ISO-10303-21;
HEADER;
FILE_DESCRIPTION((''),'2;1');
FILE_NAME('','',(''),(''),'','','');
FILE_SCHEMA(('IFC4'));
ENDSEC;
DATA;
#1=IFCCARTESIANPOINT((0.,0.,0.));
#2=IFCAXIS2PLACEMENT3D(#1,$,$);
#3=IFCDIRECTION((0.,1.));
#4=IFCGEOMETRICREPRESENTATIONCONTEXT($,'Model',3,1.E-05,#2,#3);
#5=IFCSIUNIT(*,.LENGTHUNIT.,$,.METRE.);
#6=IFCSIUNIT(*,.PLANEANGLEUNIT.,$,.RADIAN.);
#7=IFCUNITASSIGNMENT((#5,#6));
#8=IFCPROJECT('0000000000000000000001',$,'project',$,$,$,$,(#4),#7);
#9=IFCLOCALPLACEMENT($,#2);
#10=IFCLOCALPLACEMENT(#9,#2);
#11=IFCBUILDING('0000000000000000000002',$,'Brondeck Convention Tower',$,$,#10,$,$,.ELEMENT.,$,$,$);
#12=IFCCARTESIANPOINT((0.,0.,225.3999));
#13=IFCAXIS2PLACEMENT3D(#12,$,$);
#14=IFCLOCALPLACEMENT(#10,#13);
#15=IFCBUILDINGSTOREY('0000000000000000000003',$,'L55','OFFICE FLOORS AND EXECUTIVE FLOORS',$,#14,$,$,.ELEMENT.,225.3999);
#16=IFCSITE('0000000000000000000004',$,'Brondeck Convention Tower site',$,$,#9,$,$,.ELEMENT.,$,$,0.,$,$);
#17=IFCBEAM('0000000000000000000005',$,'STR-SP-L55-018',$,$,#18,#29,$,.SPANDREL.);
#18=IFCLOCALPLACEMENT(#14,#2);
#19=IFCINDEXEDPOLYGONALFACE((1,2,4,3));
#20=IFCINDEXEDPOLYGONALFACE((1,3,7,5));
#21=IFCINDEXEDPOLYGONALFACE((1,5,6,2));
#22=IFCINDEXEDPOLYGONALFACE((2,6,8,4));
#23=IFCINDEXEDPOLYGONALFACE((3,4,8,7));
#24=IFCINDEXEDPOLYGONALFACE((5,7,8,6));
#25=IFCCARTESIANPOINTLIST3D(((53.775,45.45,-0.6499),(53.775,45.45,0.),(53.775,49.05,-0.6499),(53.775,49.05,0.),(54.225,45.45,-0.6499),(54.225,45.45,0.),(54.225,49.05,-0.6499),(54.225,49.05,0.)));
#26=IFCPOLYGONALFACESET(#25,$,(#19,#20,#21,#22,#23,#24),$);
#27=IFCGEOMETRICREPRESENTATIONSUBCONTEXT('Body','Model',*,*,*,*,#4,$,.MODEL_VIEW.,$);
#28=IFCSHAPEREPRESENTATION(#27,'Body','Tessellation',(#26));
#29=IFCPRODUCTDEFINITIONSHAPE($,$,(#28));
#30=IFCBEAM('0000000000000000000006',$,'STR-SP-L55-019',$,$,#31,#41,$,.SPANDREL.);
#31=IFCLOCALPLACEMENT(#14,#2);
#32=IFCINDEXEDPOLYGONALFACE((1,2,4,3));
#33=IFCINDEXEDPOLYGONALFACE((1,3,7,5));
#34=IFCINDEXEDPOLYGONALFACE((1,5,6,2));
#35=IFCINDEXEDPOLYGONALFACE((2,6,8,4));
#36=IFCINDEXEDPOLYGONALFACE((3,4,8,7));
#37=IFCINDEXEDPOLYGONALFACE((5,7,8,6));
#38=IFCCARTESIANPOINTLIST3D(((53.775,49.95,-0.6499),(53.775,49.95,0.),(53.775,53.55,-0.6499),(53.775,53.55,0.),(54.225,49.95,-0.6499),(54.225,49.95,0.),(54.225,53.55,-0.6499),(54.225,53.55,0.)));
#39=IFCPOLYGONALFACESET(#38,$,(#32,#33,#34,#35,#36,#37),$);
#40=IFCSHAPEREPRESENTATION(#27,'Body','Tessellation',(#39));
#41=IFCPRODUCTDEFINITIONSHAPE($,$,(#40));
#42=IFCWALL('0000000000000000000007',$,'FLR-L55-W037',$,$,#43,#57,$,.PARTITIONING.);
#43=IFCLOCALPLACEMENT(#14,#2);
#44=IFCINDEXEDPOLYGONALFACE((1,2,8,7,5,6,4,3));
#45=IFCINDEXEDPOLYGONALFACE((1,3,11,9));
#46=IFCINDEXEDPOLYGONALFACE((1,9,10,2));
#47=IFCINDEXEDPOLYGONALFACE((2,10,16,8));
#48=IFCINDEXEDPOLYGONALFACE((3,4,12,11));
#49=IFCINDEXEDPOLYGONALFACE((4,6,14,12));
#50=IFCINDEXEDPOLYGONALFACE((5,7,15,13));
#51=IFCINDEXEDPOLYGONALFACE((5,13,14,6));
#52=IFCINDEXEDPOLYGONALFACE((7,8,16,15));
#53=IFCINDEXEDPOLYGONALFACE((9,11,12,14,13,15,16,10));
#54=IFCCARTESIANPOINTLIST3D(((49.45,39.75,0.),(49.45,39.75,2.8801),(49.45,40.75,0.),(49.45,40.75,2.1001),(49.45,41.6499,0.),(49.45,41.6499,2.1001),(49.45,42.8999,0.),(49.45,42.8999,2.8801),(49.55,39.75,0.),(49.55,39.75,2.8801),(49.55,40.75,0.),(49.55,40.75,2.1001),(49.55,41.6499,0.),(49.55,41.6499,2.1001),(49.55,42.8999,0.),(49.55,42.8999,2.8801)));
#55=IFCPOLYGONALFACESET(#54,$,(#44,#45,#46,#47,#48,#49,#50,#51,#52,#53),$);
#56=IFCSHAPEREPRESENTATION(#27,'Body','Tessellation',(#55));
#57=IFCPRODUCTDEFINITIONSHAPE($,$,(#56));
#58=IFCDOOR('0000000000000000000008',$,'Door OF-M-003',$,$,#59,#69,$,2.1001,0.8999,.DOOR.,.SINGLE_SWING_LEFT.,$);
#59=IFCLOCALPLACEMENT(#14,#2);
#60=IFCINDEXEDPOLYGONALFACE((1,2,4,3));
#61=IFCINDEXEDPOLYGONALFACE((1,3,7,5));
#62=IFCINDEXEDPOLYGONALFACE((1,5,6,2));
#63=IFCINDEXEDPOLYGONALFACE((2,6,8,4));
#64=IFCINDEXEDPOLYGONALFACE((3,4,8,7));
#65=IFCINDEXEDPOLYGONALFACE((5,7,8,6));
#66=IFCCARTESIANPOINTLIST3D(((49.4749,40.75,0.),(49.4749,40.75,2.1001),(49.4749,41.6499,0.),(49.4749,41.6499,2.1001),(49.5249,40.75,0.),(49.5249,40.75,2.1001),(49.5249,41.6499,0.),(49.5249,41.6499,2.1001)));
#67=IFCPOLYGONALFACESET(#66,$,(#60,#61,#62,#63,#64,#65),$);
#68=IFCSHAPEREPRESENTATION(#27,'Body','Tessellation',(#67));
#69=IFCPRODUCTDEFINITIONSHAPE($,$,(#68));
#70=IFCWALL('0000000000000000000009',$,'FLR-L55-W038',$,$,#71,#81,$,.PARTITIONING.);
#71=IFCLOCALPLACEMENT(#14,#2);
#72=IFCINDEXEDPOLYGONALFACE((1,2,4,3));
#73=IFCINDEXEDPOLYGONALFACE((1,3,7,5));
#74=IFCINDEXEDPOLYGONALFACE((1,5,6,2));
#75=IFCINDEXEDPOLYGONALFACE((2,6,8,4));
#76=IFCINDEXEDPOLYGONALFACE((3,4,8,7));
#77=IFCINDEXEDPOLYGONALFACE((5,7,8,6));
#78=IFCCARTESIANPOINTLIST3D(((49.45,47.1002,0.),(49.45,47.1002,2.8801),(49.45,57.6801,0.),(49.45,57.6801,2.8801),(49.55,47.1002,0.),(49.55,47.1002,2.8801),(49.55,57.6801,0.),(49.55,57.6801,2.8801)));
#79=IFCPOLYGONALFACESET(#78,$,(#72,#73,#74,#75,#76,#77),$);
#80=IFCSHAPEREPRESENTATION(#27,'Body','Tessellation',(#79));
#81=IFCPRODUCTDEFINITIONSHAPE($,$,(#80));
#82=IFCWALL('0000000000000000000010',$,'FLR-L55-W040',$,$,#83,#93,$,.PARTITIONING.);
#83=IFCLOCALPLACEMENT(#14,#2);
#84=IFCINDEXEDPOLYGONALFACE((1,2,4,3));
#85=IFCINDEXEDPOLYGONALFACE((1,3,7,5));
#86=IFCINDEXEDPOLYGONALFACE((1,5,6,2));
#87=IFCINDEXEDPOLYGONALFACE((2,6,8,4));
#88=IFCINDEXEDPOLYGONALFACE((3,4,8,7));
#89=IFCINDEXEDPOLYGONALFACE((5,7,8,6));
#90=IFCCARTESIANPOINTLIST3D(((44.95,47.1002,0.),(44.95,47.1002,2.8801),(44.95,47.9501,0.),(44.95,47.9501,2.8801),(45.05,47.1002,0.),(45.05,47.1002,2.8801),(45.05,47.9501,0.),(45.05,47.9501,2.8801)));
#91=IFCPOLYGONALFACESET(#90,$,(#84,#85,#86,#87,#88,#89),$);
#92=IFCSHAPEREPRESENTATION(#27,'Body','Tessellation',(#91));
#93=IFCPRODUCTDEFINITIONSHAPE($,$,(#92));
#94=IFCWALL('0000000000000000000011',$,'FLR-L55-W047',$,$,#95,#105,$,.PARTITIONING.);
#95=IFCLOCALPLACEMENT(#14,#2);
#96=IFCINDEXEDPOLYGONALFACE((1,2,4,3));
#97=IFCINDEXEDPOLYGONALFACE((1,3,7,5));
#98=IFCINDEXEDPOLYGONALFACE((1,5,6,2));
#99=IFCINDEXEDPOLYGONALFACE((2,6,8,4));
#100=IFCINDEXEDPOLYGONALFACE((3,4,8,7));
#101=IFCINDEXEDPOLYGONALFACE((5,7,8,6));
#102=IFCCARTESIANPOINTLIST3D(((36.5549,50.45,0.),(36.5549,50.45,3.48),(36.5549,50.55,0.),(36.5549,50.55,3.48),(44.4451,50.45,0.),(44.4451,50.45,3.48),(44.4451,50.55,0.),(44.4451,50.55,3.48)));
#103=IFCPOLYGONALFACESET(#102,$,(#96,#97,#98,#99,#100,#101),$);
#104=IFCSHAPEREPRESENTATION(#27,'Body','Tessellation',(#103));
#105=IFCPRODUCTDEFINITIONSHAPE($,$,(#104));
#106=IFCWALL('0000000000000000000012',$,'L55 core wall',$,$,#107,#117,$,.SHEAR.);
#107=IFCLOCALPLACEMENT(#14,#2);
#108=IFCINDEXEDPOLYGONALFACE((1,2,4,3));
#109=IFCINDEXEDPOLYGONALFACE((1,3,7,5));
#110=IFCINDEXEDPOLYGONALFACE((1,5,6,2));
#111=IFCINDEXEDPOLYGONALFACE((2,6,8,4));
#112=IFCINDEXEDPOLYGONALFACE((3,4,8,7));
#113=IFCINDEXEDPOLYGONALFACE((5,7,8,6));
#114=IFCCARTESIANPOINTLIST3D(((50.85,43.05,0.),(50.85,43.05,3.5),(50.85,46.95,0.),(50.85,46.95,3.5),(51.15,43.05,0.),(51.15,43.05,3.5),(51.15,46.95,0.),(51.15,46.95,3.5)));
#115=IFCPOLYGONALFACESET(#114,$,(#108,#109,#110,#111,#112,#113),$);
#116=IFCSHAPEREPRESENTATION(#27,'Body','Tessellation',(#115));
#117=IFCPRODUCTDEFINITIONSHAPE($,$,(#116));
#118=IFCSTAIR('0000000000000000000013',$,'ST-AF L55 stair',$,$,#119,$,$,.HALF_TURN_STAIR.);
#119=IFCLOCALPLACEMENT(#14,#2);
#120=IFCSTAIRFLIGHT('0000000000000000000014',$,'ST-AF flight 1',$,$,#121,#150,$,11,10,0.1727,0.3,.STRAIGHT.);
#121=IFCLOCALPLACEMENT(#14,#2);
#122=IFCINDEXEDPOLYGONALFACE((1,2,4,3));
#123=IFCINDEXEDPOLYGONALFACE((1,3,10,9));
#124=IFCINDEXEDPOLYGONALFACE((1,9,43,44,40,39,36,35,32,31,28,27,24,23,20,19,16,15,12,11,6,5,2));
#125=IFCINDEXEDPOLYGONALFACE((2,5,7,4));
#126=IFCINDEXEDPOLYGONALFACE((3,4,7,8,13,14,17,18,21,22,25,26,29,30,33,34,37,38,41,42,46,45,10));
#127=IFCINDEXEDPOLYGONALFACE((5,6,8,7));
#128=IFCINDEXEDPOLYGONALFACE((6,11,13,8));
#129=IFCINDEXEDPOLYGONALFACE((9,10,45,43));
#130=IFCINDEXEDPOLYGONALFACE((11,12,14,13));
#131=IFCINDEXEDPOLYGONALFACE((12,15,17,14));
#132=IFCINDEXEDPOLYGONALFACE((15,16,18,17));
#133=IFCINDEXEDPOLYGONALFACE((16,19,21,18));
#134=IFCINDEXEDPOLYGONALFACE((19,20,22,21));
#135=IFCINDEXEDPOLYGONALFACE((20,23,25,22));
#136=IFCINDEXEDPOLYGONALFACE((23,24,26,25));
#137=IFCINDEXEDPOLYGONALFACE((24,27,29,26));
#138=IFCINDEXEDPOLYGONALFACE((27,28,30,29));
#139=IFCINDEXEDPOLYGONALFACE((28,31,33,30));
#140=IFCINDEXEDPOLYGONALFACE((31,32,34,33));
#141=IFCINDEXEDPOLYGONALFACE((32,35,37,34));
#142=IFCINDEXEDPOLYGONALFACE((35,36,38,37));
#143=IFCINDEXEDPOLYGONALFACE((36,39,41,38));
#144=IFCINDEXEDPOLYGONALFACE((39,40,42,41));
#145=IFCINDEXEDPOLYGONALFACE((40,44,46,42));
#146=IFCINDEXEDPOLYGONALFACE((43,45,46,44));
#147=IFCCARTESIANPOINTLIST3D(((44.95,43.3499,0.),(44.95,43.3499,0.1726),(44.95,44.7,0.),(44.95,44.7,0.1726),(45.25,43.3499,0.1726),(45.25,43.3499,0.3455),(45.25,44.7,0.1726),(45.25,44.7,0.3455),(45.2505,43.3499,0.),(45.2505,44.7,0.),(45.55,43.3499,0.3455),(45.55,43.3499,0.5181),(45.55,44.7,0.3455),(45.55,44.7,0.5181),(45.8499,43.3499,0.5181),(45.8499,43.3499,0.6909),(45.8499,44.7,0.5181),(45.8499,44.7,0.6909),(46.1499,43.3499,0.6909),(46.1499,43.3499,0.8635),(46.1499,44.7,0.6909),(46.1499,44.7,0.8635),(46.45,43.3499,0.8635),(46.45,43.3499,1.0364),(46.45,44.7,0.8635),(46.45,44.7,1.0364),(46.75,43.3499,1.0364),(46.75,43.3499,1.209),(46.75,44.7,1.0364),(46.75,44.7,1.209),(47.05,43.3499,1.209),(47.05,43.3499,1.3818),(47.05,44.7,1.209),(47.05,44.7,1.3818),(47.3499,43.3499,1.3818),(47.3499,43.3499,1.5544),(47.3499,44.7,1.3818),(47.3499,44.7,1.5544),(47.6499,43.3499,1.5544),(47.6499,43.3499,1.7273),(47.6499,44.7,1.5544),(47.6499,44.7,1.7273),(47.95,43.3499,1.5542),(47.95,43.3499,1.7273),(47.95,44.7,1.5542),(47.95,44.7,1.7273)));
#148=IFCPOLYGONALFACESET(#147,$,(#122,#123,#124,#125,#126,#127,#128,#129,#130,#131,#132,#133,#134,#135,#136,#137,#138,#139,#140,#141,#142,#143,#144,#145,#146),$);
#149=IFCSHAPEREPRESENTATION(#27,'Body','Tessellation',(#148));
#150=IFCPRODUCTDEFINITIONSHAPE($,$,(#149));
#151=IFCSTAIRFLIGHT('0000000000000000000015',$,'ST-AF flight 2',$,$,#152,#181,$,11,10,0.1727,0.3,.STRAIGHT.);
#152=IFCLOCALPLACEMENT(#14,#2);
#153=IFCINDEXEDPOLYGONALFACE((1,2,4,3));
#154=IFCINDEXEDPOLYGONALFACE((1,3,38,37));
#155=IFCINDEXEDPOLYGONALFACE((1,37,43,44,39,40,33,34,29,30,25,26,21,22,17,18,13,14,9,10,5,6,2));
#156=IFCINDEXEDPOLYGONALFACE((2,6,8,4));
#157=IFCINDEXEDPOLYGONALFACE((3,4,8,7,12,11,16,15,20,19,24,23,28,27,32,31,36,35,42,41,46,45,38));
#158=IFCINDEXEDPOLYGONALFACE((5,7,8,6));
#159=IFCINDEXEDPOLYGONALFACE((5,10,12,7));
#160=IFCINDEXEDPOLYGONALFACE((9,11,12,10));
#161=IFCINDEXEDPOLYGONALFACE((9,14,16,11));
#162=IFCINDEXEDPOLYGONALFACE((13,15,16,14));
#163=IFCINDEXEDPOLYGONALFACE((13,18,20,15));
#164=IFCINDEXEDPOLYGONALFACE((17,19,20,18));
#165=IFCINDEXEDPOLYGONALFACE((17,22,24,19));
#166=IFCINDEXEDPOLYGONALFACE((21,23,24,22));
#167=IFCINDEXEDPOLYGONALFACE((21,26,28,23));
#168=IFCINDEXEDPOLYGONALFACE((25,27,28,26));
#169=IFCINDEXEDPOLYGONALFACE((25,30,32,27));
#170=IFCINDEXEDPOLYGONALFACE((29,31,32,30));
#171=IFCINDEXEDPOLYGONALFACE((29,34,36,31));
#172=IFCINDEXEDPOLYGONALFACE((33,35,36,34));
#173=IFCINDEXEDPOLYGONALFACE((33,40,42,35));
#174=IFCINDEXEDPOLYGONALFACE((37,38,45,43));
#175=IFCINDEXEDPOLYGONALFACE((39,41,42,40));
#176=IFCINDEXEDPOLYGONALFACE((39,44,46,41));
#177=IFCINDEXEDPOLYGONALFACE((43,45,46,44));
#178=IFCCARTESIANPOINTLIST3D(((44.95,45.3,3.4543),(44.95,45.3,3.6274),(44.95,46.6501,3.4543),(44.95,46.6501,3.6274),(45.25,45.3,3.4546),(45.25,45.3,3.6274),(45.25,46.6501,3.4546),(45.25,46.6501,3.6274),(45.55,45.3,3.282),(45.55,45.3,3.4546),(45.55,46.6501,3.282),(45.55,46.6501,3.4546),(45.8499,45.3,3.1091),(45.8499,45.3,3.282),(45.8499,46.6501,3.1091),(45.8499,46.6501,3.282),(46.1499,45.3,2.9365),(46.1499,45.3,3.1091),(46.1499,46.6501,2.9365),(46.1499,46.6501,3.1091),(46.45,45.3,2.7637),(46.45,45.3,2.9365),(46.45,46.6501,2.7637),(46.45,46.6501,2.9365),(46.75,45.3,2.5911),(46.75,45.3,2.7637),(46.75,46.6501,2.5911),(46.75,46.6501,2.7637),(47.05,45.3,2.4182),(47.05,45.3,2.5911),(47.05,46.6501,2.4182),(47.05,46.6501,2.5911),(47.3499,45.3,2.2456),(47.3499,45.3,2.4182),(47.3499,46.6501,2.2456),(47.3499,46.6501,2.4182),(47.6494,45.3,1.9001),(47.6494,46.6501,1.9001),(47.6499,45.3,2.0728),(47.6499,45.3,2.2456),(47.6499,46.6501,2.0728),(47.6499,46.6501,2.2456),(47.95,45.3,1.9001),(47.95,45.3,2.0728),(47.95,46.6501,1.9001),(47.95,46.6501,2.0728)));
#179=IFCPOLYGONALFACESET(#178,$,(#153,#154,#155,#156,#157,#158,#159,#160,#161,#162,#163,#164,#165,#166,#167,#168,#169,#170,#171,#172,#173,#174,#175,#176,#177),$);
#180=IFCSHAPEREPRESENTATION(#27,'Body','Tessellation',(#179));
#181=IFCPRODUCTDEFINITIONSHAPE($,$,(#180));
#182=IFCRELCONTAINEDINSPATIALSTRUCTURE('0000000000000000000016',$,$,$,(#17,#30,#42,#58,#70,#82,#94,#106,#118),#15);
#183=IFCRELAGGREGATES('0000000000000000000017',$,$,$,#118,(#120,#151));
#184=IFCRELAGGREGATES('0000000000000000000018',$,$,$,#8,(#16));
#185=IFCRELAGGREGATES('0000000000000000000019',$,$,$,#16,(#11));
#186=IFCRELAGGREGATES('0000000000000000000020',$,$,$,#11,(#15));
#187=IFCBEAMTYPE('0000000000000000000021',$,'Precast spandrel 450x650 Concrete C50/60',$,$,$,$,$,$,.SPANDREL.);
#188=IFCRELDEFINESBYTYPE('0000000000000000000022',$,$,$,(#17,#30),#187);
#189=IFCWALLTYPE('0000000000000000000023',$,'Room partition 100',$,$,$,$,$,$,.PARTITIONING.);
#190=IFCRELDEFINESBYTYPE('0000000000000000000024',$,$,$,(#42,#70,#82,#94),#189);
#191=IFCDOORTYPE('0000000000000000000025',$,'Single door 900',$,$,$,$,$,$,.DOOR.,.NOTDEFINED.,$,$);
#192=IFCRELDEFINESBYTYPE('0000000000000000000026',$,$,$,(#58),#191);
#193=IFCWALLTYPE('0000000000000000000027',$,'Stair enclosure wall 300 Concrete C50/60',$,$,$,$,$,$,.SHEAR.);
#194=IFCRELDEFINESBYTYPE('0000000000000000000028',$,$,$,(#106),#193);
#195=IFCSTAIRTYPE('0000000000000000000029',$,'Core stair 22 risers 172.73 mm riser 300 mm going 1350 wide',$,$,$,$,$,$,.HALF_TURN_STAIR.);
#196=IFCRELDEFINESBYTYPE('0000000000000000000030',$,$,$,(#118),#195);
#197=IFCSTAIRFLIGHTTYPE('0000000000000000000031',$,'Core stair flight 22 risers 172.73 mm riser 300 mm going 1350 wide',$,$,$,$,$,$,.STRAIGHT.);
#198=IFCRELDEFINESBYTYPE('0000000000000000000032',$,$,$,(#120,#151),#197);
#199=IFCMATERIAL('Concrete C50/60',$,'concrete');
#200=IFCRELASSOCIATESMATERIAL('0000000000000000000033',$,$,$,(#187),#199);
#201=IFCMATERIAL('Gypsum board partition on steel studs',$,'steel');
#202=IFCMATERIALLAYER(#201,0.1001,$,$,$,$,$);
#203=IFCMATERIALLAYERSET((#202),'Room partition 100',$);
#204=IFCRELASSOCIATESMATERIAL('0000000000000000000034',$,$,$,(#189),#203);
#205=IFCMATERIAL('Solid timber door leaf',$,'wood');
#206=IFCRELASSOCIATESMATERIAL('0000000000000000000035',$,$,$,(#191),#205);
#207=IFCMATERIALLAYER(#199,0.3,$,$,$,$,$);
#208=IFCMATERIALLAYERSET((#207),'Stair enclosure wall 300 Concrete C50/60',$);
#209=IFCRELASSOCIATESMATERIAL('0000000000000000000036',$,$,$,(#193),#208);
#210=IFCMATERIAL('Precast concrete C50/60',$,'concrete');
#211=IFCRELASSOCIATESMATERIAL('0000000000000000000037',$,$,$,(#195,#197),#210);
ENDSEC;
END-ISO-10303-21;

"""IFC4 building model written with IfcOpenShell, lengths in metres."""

from ifc_helpers import new_model, si_unit, direction, frame, frame_2d, origin, origin_2d, place, context, subcontext, project, spatial, polyline, rectangle, outline, extrude, material, layer, layer_set, material_profile, profile_set, type_object, element, fill, aggregate, save


model = new_model("IFC4")

# Units and contexts
model_context = context("Model", 3, precision=1e-05, world=origin(), true_north=direction((0.0, 1.0)))
body_context = subcontext(model_context, "Body", "Model", "MODEL_VIEW")
ifc_project = project(units=[si_unit("LENGTHUNIT", "METRE"), si_unit("PLANEANGLEUNIT", "RADIAN")], contexts=[model_context])

# Site, building, storey
site_placement = place(None, origin())
site = spatial("IfcSite", under=ifc_project, at=site_placement, Name="Brondeck Convention Tower site", CompositionType="ELEMENT", RefElevation=0.0)
building_placement = place(site_placement, origin())
building = spatial("IfcBuilding", under=site, at=building_placement, Name="Brondeck Convention Tower", CompositionType="ELEMENT")
storey_placement = place(building_placement, frame((0.0, 0.0, 225.3999)))
storey = spatial("IfcBuildingStorey", under=building, at=storey_placement, Name="L55", Description="OFFICE FLOORS AND EXECUTIVE FLOORS", CompositionType="ELEMENT", Elevation=225.3999)

# Shared definitions
ifc_material_1 = material(Name="Concrete C50/60", Category="concrete")

# Beams
ifc_material_profile_1 = material_profile(ifc_material_1, rectangle(XDim=0.45, YDim=0.6499, at=origin_2d()), Name="Precast spandrel 450x650 Concrete C50/60")
ifc_profile_set_1 = profile_set([ifc_material_profile_1], Name="Concrete C50/60")
beam_type_1 = type_object("IfcBeamType", Name="Precast spandrel 450x650 Concrete C50/60", PredefinedType="SPANDREL", material=ifc_profile_set_1)
for number, where, z_axis, x_axis, name in (
    (1, (54.0, 45.45, -0.325), (0.0, 1.0, 0.0), (-1.0, 0.0, 0.0), "STR-SP-L55-018"),
    (2, (54.0, 49.95, -0.325), (0.0, 1.0, 0.0), (-1.0, 0.0, 0.0), "STR-SP-L55-019"),
):
    element("IfcBeam", number, at=place(storey_placement, frame(where, z_axis=z_axis, x_axis=x_axis)), inside=storey, type_object=beam_type_1, Name=name, PredefinedType="SPANDREL", context=body_context, shape_type="SweptSolid", body=[
        extrude(rectangle(XDim=0.45, YDim=0.6499, at=origin_2d()), origin(), (0.0, 0.0, 1.0), 3.6001),
    ])

# Wall, opening, door
ifc_material_2 = material(Name="Gypsum board partition on steel studs", Category="steel")
ifc_layer_1 = layer(ifc_material_2, 0.1001)
ifc_layer_set_1 = layer_set([ifc_layer_1], Name="Room partition 100")
wall_type_1 = type_object("IfcWallType", Name="Room partition 100", PredefinedType="PARTITIONING", material=ifc_layer_set_1)
wall_1_placement = place(storey_placement, frame((49.5, 42.8999, 0.0), z_axis=(0.0, 0.0, 1.0), x_axis=(0.0, -1.0, 0.0)))
wall_1 = element("IfcWall", 3, at=wall_1_placement, inside=storey, type_object=wall_type_1, Name="FLR-L55-W037", PredefinedType="PARTITIONING", context=body_context, shape_type="SweptSolid", body=[
    extrude(rectangle(XDim=3.1499, YDim=0.1001, at=frame_2d((1.575, 0.0))), origin(), (0.0, 0.0, 1.0), 2.8801),
])
opening_placement = place(wall_1_placement, frame((1.25, 0.0, 0.0)))
opening = element("IfcOpeningElement", 4, at=opening_placement, cuts=wall_1, PredefinedType="OPENING", context=body_context, shape_type="SweptSolid", body=[
    extrude(rectangle(XDim=0.8999, YDim=2.1001, at=frame_2d((0.45, 1.05))), frame((0.0, 0.0601, 0.0), z_axis=(0.0, -1.0, 0.0), x_axis=(1.0, 0.0, 0.0)), (0.0, 0.0, 1.0), 0.1201),
])
ifc_material_3 = material(Name="Solid timber door leaf", Category="wood")
door_type = type_object("IfcDoorType", Name="Single door 900", OperationType="NOTDEFINED", PredefinedType="DOOR", material=ifc_material_3)
door_placement = place(opening_placement, origin())
door = element("IfcDoor", 5, at=door_placement, inside=storey, type_object=door_type, Name="Door OF-M-003", OperationType="SINGLE_SWING_LEFT", OverallHeight=2.1001, OverallWidth=0.8999, PredefinedType="DOOR", context=body_context, shape_type="SweptSolid", body=[
    extrude(rectangle(XDim=0.8999, YDim=2.1001, at=frame_2d((0.45, 1.05))), frame((0.0, 0.0249, 0.0), z_axis=(0.0, -1.0, 0.0), x_axis=(1.0, 0.0, 0.0)), (0.0, 0.0, 1.0), 0.05),
])
fill(opening, door)

# Walls
wall_2_placement = place(storey_placement, frame((49.5, 47.1001, 0.0), z_axis=(0.0, 0.0, 1.0), x_axis=(0.0, 1.0, 0.0)))
element("IfcWall", 6, at=wall_2_placement, inside=storey, type_object=wall_type_1, Name="FLR-L55-W038", PredefinedType="PARTITIONING", context=body_context, shape_type="SweptSolid", body=[
    extrude(rectangle(XDim=10.5798, YDim=0.1001, at=frame_2d((5.29, 0.0))), origin(), (0.0, 0.0, 1.0), 2.8801),
])
wall_3_placement = place(storey_placement, frame((45.0, 47.95, 0.0), z_axis=(0.0, 0.0, 1.0), x_axis=(0.0, -1.0, 0.0)))
element("IfcWall", 7, at=wall_3_placement, inside=storey, type_object=wall_type_1, Name="FLR-L55-W040", PredefinedType="PARTITIONING", context=body_context, shape_type="SweptSolid", body=[
    extrude(rectangle(XDim=0.8499, YDim=0.1001, at=frame_2d((0.4248, 0.0))), origin(), (0.0, 0.0, 1.0), 2.8801),
])
wall_4_placement = place(storey_placement, frame((44.4451, 50.5, 0.0), z_axis=(0.0, 0.0, 1.0), x_axis=(-1.0, 0.0, 0.0)))
element("IfcWall", 8, at=wall_4_placement, inside=storey, type_object=wall_type_1, Name="FLR-L55-W047", PredefinedType="PARTITIONING", context=body_context, shape_type="SweptSolid", body=[
    extrude(rectangle(XDim=7.8901, YDim=0.1001, at=frame_2d((3.9451, 0.0))), origin(), (0.0, 0.0, 1.0), 3.48),
])
ifc_layer_2 = layer(ifc_material_1, 0.3)
ifc_layer_set_2 = layer_set([ifc_layer_2], Name="Stair enclosure wall 300 Concrete C50/60")
wall_type_2 = type_object("IfcWallType", Name="Stair enclosure wall 300 Concrete C50/60", PredefinedType="SHEAR", material=ifc_layer_set_2)
wall_5_placement = place(storey_placement, frame((51.0, 43.05, 0.0), z_axis=(0.0, 0.0, 1.0), x_axis=(0.0, 1.0, 0.0)))
element("IfcWall", 9, at=wall_5_placement, inside=storey, type_object=wall_type_2, Name="L55 core wall", PredefinedType="SHEAR", context=body_context, shape_type="SweptSolid", body=[
    extrude(rectangle(XDim=3.8999, YDim=0.3, at=frame_2d((1.95, 0.0))), origin(), (0.0, 0.0, 1.0), 3.5),
])

# Stair, stair flights
ifc_material_4 = material(Name="Precast concrete C50/60", Category="concrete")
stair_type = type_object("IfcStairType", Name="Core stair 22 risers 172.73 mm riser 300 mm going 1350 wide", PredefinedType="HALF_TURN_STAIR", material=ifc_material_4)
stair_placement = place(storey_placement, origin())
stair = element("IfcStair", 10, at=stair_placement, inside=storey, type_object=stair_type, Name="ST-AF L55 stair", PredefinedType="HALF_TURN_STAIR")
stair_flight_type = type_object("IfcStairFlightType", Name="Core stair flight 22 risers 172.73 mm riser 300 mm going 1350 wide", PredefinedType="STRAIGHT", material=ifc_material_4)
stair_flight_1_placement = place(storey_placement, frame((44.95, 44.0249, 0.0), z_axis=(0.0, 0.0, 1.0), x_axis=(1.0, 0.0, 0.0)))
stair_flight_1 = element("IfcStairFlight", 11, at=stair_flight_1_placement, type_object=stair_flight_type, Name="ST-AF flight 1", NumberOfRisers=11, NumberOfTreads=10, PredefinedType="STRAIGHT", RiserHeight=0.1727, TreadLength=0.3, context=body_context, shape_type="SweptSolid", body=[
    extrude(outline(polyline([(0.0, 0.0), (0.0, 0.1726), (0.3, 0.1726), (0.3, 0.3455), (0.6001, 0.3455), (0.6001, 0.5181), (0.8999, 0.5181), (0.8999, 0.6909), (1.2, 0.6909), (1.2, 0.8635), (1.5, 0.8635), (1.5, 1.0364), (1.8, 1.0364), (1.8, 1.209), (2.1001, 1.209), (2.1001, 1.3818), (2.3999, 1.3818), (2.3999, 1.5544), (2.7, 1.5544), (2.7, 1.7273), (3.0, 1.7273), (3.0, 1.8999), (3.0, 1.5542), (0.3005, 0.0), (0.0, 0.0)])), frame((0.0, 0.675, 0.0), z_axis=(0.0, -1.0, 0.0), x_axis=(1.0, 0.0, 0.0)), (0.0, 0.0, 1.0), 1.3501),
])
stair_flight_2_placement = place(storey_placement, frame((47.95, 45.9751, 1.9001), z_axis=(0.0, 0.0, 1.0), x_axis=(-1.0, 0.0, 0.0)))
stair_flight_2 = element("IfcStairFlight", 12, at=stair_flight_2_placement, type_object=stair_flight_type, Name="ST-AF flight 2", NumberOfRisers=11, NumberOfTreads=10, PredefinedType="STRAIGHT", RiserHeight=0.1727, TreadLength=0.3, context=body_context, shape_type="SweptSolid", body=[
    extrude(outline(polyline([(0.0, 0.0), (0.0, 0.1726), (0.3, 0.1726), (0.3, 0.3455), (0.6001, 0.3455), (0.6001, 0.5181), (0.8999, 0.5181), (0.8999, 0.6909), (1.2, 0.6909), (1.2, 0.8635), (1.5, 0.8635), (1.5, 1.0364), (1.8, 1.0364), (1.8, 1.209), (2.1001, 1.209), (2.1001, 1.3818), (2.3999, 1.3818), (2.3999, 1.5544), (2.7, 1.5544), (2.7, 1.7273), (3.0, 1.7273), (3.0, 1.8999), (3.0, 1.5542), (0.3005, 0.0), (0.0, 0.0)])), frame((0.0, 0.675, 0.0), z_axis=(0.0, -1.0, 0.0), x_axis=(1.0, 0.0, 0.0)), (0.0, 0.0, 1.0), 1.3501),
])
aggregate(stair, [stair_flight_1, stair_flight_2])

save(model, "model.ifc")
